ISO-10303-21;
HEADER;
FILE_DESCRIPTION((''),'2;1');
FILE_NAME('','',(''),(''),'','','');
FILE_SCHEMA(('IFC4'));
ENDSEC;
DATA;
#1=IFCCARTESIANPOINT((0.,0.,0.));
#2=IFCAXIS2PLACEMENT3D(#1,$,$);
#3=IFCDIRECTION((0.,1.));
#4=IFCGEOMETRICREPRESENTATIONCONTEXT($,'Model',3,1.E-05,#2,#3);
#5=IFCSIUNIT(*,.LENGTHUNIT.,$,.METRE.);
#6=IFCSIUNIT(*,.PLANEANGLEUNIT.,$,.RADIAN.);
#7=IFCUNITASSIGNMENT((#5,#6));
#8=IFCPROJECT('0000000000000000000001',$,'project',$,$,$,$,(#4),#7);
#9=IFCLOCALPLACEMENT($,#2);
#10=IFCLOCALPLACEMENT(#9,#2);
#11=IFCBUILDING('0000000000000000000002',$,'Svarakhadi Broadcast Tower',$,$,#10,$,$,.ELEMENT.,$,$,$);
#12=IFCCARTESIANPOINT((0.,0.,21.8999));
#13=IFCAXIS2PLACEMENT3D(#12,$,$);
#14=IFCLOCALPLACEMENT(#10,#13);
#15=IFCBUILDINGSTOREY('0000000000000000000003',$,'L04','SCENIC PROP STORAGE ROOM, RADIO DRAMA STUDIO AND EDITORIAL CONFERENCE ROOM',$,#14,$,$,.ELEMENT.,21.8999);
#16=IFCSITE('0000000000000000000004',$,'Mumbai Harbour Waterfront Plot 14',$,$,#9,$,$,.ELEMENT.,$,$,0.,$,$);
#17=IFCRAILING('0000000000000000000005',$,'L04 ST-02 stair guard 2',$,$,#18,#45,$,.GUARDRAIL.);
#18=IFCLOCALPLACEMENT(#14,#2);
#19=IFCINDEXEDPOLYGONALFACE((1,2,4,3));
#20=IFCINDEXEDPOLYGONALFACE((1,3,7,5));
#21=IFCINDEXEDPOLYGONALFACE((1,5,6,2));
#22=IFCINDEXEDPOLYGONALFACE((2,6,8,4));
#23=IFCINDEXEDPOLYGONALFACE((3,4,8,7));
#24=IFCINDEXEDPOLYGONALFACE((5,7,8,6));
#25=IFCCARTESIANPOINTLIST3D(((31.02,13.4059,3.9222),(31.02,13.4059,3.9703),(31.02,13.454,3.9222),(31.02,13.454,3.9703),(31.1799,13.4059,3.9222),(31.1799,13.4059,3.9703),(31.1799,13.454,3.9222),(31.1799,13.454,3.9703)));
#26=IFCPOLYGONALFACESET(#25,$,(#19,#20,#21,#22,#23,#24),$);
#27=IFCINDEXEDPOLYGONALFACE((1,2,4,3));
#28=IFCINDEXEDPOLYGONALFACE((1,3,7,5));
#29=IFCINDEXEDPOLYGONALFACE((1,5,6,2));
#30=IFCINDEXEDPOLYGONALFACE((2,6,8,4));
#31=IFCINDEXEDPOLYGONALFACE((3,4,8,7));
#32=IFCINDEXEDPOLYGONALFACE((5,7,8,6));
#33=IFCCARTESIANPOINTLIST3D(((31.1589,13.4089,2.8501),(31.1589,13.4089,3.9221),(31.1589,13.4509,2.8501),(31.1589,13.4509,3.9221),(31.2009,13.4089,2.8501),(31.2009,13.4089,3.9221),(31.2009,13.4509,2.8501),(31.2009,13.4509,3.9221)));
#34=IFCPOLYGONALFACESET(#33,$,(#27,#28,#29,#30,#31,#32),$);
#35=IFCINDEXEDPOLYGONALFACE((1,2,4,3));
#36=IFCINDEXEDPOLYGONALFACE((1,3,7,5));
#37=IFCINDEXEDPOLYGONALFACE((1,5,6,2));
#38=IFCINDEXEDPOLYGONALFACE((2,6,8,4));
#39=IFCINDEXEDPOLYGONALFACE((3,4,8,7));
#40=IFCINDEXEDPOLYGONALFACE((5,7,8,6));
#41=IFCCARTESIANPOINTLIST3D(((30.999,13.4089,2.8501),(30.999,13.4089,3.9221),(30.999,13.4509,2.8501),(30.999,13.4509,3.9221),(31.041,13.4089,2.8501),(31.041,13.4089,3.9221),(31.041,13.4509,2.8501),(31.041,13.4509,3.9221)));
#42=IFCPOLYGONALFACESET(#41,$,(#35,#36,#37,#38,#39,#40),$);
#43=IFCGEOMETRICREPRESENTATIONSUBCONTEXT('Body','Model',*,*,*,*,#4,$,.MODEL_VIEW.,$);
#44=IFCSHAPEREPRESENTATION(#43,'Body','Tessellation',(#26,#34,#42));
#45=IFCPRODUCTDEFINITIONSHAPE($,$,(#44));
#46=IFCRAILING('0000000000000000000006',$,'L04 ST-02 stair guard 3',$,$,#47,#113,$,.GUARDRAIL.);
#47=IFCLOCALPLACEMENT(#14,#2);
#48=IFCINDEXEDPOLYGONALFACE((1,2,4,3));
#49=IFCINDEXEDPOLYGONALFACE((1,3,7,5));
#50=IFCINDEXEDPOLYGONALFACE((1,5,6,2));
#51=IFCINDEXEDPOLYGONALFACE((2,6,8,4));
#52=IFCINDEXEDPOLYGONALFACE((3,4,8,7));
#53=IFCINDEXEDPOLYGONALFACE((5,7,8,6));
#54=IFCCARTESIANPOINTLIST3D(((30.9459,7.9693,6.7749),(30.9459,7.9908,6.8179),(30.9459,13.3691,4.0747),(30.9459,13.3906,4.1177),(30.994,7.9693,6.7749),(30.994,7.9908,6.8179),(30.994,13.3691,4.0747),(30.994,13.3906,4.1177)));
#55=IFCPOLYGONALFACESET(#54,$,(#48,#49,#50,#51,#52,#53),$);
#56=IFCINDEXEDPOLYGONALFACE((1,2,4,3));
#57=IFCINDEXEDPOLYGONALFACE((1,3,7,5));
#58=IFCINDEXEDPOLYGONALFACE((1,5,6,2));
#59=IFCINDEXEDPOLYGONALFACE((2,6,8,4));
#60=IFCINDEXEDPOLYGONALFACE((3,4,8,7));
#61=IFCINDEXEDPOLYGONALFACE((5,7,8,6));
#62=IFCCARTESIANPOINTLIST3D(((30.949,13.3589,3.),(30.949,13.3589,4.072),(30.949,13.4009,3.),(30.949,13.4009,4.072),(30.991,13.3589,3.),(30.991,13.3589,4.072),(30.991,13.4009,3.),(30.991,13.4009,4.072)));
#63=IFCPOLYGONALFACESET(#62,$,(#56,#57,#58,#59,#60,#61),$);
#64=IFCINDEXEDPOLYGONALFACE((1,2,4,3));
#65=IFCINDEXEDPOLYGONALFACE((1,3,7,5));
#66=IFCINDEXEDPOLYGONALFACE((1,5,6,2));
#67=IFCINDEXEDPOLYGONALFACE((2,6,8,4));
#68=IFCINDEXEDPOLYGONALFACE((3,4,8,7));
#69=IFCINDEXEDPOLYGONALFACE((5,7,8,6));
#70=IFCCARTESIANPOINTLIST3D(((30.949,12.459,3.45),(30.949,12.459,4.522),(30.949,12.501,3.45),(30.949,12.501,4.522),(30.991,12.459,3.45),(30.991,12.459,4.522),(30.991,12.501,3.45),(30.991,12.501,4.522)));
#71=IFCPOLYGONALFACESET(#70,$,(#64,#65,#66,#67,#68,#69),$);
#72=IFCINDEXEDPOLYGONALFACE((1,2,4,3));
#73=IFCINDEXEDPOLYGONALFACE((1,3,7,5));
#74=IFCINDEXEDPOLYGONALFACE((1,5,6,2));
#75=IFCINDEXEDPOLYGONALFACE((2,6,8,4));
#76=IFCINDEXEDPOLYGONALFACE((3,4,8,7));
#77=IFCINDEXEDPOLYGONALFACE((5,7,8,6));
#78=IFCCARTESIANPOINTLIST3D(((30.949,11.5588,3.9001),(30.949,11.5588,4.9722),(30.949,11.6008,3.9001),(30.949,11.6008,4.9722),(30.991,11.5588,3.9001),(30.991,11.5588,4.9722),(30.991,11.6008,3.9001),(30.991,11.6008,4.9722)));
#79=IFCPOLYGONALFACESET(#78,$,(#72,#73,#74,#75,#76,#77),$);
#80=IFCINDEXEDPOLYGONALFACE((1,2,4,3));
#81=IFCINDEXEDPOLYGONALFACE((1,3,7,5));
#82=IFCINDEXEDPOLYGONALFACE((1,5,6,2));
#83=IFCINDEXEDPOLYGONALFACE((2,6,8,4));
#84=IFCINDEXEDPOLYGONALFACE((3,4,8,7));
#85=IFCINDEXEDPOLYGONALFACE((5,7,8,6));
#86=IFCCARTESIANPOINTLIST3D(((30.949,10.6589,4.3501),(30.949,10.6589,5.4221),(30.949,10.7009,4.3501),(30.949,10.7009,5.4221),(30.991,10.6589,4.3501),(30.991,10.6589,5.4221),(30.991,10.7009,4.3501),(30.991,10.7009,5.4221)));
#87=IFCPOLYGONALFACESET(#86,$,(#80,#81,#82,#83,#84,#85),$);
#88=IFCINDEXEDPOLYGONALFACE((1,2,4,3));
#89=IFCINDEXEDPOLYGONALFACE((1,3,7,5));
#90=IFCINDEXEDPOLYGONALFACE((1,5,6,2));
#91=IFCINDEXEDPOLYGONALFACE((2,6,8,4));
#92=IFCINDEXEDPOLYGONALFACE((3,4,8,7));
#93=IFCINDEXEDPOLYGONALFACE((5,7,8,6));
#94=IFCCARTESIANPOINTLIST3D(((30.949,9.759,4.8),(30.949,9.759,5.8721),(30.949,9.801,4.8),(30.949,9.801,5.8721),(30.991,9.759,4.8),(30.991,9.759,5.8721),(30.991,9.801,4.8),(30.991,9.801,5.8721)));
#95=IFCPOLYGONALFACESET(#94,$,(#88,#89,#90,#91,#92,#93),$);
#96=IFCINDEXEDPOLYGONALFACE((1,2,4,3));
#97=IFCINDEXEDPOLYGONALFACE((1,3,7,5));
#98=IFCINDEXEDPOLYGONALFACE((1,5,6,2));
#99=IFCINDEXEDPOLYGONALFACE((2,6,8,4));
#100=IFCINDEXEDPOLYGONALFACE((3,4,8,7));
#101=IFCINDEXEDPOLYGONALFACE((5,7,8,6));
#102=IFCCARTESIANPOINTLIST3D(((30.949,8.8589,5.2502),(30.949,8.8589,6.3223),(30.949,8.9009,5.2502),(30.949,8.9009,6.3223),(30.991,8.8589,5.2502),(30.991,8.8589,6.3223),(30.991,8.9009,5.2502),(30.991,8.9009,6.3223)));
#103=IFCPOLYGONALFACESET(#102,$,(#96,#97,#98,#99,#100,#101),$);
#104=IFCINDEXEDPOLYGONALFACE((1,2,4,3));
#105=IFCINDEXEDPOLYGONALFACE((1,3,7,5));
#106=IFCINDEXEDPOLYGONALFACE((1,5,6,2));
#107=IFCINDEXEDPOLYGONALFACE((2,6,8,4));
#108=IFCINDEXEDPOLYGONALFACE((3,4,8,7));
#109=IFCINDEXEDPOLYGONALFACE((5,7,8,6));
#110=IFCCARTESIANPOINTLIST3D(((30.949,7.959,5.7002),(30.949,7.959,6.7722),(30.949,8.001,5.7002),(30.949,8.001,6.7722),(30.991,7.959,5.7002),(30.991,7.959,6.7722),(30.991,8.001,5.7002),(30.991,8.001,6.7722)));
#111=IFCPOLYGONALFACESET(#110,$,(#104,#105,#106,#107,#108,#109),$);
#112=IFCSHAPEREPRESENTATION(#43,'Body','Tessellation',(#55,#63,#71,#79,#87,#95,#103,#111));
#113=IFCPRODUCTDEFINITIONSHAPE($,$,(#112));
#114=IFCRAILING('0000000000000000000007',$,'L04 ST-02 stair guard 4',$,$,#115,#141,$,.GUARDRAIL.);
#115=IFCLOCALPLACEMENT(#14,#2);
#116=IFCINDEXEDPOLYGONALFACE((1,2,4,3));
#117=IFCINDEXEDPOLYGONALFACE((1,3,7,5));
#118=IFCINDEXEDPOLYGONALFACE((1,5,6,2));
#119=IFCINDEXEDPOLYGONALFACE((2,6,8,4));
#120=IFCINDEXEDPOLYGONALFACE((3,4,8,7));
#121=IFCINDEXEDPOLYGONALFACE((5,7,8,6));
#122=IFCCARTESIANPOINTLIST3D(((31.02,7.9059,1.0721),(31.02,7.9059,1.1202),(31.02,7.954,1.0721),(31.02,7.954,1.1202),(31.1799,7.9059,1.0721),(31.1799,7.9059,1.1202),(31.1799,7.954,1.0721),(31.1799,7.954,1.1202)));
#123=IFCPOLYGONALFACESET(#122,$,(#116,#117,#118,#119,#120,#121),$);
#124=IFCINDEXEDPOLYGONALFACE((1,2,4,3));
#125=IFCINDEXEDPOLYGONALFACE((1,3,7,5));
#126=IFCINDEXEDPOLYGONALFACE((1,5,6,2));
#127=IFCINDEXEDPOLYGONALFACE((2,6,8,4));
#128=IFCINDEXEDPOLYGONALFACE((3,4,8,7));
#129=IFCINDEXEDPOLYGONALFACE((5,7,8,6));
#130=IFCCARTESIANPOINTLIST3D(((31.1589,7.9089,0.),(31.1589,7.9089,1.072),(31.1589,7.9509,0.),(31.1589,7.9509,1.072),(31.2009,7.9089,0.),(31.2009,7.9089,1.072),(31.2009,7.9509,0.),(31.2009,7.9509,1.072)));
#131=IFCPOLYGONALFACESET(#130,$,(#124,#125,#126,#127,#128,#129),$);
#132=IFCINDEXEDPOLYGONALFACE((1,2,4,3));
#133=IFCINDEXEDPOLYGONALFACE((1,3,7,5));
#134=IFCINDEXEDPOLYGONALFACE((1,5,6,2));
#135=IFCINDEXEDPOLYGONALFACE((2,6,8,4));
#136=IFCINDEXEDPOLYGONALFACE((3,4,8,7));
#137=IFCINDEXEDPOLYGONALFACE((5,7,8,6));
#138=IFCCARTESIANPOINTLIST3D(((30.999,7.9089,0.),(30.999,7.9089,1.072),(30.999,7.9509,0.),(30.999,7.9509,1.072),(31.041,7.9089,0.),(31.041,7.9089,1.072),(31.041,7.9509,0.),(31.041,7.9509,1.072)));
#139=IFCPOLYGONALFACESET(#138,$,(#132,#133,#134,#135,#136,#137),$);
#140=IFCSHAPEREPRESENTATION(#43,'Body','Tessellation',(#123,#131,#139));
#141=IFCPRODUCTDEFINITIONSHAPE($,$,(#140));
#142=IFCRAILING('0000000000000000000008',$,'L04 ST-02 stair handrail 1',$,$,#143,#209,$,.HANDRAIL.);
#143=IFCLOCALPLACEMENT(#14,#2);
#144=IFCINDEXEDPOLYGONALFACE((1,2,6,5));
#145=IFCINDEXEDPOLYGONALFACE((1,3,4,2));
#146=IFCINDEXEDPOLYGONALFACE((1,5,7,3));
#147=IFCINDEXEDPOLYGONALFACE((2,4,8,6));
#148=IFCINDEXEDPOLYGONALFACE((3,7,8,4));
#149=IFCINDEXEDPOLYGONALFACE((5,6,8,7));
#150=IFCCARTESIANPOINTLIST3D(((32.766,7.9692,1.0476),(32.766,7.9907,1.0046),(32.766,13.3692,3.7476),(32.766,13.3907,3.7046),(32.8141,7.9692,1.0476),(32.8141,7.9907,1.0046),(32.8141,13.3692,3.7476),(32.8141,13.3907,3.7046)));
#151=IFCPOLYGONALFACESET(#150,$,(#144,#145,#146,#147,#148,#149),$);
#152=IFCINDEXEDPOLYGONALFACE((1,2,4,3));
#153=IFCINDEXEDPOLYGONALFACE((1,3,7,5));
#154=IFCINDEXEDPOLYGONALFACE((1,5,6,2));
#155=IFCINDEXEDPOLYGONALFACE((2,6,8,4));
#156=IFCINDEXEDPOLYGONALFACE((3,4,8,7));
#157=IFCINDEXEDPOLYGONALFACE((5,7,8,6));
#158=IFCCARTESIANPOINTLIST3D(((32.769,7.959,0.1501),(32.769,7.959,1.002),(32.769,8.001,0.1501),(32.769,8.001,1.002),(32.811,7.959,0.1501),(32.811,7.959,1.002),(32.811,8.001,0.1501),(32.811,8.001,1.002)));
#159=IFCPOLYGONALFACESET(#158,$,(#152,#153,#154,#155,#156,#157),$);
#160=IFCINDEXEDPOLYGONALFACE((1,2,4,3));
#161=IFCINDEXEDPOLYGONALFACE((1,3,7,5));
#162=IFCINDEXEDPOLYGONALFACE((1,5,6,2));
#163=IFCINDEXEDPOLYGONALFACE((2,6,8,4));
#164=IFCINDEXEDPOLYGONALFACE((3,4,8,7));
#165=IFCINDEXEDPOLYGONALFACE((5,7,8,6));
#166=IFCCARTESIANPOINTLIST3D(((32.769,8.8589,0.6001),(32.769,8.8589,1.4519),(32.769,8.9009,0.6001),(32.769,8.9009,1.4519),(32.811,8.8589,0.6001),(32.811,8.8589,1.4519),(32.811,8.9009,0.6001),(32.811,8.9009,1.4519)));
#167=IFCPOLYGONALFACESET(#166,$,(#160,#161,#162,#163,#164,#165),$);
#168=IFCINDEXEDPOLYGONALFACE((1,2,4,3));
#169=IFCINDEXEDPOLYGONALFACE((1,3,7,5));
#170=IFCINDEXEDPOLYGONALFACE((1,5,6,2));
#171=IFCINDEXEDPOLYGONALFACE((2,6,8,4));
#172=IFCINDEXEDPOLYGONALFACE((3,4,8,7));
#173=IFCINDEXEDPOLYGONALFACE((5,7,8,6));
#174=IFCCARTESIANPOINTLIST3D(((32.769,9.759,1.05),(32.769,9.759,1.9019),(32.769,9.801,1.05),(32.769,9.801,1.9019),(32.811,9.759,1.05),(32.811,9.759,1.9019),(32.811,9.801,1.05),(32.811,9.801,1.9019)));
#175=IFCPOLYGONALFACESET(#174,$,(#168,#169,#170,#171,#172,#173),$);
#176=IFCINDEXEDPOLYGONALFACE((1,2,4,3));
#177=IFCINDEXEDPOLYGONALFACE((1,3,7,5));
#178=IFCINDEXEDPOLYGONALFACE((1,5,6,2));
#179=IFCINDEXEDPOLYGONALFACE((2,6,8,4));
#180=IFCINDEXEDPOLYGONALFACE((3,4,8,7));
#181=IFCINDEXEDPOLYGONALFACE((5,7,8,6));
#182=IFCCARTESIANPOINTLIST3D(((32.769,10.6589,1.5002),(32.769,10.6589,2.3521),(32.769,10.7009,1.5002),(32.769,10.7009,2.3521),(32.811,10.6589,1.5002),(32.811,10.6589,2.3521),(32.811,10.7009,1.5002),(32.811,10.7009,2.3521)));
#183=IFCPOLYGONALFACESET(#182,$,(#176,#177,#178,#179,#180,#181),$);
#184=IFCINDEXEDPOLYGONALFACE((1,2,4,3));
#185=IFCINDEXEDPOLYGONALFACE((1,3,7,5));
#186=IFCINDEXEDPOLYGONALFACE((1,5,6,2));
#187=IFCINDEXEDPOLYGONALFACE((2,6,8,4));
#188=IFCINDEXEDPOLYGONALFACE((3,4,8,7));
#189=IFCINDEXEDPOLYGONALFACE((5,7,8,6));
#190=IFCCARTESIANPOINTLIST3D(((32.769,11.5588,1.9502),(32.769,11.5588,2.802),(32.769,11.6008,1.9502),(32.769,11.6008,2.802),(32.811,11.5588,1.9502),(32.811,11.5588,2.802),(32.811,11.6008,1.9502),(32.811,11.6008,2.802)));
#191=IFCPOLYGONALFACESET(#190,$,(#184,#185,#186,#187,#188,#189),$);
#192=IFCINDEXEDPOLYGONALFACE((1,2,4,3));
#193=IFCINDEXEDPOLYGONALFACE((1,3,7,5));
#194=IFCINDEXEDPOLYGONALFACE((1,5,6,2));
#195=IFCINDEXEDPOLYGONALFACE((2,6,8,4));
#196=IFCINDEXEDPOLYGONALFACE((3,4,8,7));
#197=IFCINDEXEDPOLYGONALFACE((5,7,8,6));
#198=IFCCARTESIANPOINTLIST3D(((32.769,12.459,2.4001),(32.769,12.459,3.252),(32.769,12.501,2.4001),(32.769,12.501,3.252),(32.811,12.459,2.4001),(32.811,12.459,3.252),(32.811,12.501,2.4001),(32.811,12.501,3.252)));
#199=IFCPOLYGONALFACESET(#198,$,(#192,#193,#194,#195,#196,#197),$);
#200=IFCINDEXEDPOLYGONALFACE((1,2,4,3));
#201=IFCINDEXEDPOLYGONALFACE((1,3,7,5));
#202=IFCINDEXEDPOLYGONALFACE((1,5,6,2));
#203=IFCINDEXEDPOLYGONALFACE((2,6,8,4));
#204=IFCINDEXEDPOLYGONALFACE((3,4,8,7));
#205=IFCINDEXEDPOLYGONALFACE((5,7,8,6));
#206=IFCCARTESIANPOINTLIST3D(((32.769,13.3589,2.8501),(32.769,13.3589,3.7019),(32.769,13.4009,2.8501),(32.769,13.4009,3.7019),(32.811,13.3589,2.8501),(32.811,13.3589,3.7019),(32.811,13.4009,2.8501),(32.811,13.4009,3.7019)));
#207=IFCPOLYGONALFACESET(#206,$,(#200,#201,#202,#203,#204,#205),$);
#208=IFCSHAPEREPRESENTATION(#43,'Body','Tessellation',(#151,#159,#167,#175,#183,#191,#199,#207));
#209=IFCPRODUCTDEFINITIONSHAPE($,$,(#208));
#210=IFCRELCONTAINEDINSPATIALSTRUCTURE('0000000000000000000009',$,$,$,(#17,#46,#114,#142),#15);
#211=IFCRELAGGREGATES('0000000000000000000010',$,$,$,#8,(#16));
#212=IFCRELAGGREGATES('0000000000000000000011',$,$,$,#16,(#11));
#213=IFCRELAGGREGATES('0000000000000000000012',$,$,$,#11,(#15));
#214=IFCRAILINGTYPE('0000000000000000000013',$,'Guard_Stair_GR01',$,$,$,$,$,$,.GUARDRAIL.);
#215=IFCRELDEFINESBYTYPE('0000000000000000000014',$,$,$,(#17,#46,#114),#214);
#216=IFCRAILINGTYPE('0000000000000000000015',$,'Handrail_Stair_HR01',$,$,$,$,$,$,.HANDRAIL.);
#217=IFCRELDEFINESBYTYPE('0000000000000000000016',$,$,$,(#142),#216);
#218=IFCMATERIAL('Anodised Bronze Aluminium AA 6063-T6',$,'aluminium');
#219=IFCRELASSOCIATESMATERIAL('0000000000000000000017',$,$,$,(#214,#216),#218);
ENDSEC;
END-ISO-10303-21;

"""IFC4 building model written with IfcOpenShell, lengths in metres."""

from ifc_helpers import new_model, si_unit, direction, frame, origin, origin_2d, place, context, subcontext, project, spatial, rectangle, extrude, material, type_object, element, save


model = new_model("IFC4")

# Units and contexts
model_context = context("Model", 3, precision=1e-05, world=origin(), true_north=direction((0.0, 1.0)))
body_context = subcontext(model_context, "Body", "Model", "MODEL_VIEW")
ifc_project = project(units=[si_unit("LENGTHUNIT", "METRE"), si_unit("PLANEANGLEUNIT", "RADIAN")], contexts=[model_context])

# Site, building, storey
site_placement = place(None, origin())
site = spatial("IfcSite", under=ifc_project, at=site_placement, Name="Mumbai Harbour Waterfront Plot 14", CompositionType="ELEMENT", RefElevation=0.0)
building_placement = place(site_placement, origin())
building = spatial("IfcBuilding", under=site, at=building_placement, Name="Svarakhadi Broadcast Tower", CompositionType="ELEMENT")
storey_placement = place(building_placement, frame((0.0, 0.0, 21.8999)))
storey = spatial("IfcBuildingStorey", under=building, at=storey_placement, Name="L04", Description="SCENIC PROP STORAGE ROOM, RADIO DRAMA STUDIO AND EDITORIAL CONFERENCE ROOM", CompositionType="ELEMENT", Elevation=21.8999)

# Railings
ifc_material_1 = material(Name="Anodised Bronze Aluminium AA 6063-T6", Category="aluminium")
railing_type_1 = type_object("IfcRailingType", Name="Guard_Stair_GR01", PredefinedType="GUARDRAIL", material=ifc_material_1)
railing_1_placement = place(storey_placement, frame((31.1799, 13.4299, 2.8501)))
element("IfcRailing", 1, at=railing_1_placement, inside=storey, type_object=railing_type_1, Name="L04 ST-02 stair guard 2", PredefinedType="GUARDRAIL", context=body_context, shape_type="SweptSolid", body=[
    extrude(rectangle(XDim=0.0481, YDim=0.0481, at=origin_2d()), frame((0.0, 0.0, 1.0962), z_axis=(-1.0, 0.0, 0.0), x_axis=(0.0, -1.0, 0.0)), (0.0, 0.0, 1.0), 0.1599),
    extrude(rectangle(XDim=0.042, YDim=0.042, at=origin_2d()), origin(), (0.0, 0.0, 1.0), 1.072),
    extrude(rectangle(XDim=0.042, YDim=0.042, at=origin_2d()), frame((-0.1599, 0.0, 0.0)), (0.0, 0.0, 1.0), 1.072),
])
railing_2_placement = place(storey_placement, frame((30.97, 13.3799, 3.0)))
element("IfcRailing", 2, at=railing_2_placement, inside=storey, type_object=railing_type_1, Name="L04 ST-02 stair guard 3", PredefinedType="GUARDRAIL", context=body_context, shape_type="SweptSolid", body=[
    extrude(rectangle(XDim=0.0481, YDim=0.0481, at=origin_2d()), frame((0.0, 0.0, 1.0962), z_axis=(0.0, -0.894411, 0.447246), x_axis=(1.0, 0.0, 0.0)), (0.0, 0.0, 1.0), 6.0374),
    extrude(rectangle(XDim=0.042, YDim=0.042, at=origin_2d()), origin(), (0.0, 0.0, 1.0), 1.072),
    extrude(rectangle(XDim=0.042, YDim=0.042, at=origin_2d()), frame((0.0, -0.8999, 0.45)), (0.0, 0.0, 1.0), 1.072),
    extrude(rectangle(XDim=0.042, YDim=0.042, at=origin_2d()), frame((0.0, -1.8, 0.9001)), (0.0, 0.0, 1.0), 1.072),
    extrude(rectangle(XDim=0.042, YDim=0.042, at=origin_2d()), frame((0.0, -2.7, 1.3501)), (0.0, 0.0, 1.0), 1.072),
    extrude(rectangle(XDim=0.042, YDim=0.042, at=origin_2d()), frame((0.0, -3.5999, 1.8)), (0.0, 0.0, 1.0), 1.072),
    extrude(rectangle(XDim=0.042, YDim=0.042, at=origin_2d()), frame((0.0, -4.5, 2.2502)), (0.0, 0.0, 1.0), 1.072),
    extrude(rectangle(XDim=0.042, YDim=0.042, at=origin_2d()), frame((0.0, -5.3999, 2.7002)), (0.0, 0.0, 1.0), 1.072),
])
railing_3_placement = place(storey_placement, frame((31.1799, 7.9299, 0.0)))
element("IfcRailing", 3, at=railing_3_placement, inside=storey, type_object=railing_type_1, Name="L04 ST-02 stair guard 4", PredefinedType="GUARDRAIL", context=body_context, shape_type="SweptSolid", body=[
    extrude(rectangle(XDim=0.0481, YDim=0.0481, at=origin_2d()), frame((0.0, 0.0, 1.0962), z_axis=(-1.0, 0.0, 0.0), x_axis=(0.0, -1.0, 0.0)), (0.0, 0.0, 1.0), 0.1599),
    extrude(rectangle(XDim=0.042, YDim=0.042, at=origin_2d()), origin(), (0.0, 0.0, 1.0), 1.072),
    extrude(rectangle(XDim=0.042, YDim=0.042, at=origin_2d()), frame((-0.1599, 0.0, 0.0)), (0.0, 0.0, 1.0), 1.072),
])
railing_type_2 = type_object("IfcRailingType", Name="Handrail_Stair_HR01", PredefinedType="HANDRAIL", material=ifc_material_1)
railing_4_placement = place(storey_placement, frame((32.79, 7.98, 0.1501)))
element("IfcRailing", 4, at=railing_4_placement, inside=storey, type_object=railing_type_2, Name="L04 ST-02 stair handrail 1", PredefinedType="HANDRAIL", context=body_context, shape_type="SweptSolid", body=[
    extrude(rectangle(XDim=0.0481, YDim=0.0481, at=origin_2d()), frame((0.0, 0.0, 0.876), z_axis=(0.0, 0.894427, 0.447214), x_axis=(-1.0, 0.0, 0.0)), (0.0, 0.0, 1.0), 6.0374),
    extrude(rectangle(XDim=0.042, YDim=0.042, at=origin_2d()), origin(), (0.0, 0.0, 1.0), 0.8518),
    extrude(rectangle(XDim=0.042, YDim=0.042, at=origin_2d()), frame((0.0, 0.8999, 0.45)), (0.0, 0.0, 1.0), 0.8518),
    extrude(rectangle(XDim=0.042, YDim=0.042, at=origin_2d()), frame((0.0, 1.8, 0.8999)), (0.0, 0.0, 1.0), 0.8518),
    extrude(rectangle(XDim=0.042, YDim=0.042, at=origin_2d()), frame((0.0, 2.7, 1.3501)), (0.0, 0.0, 1.0), 0.8518),
    extrude(rectangle(XDim=0.042, YDim=0.042, at=origin_2d()), frame((0.0, 3.5999, 1.8)), (0.0, 0.0, 1.0), 0.8518),
    extrude(rectangle(XDim=0.042, YDim=0.042, at=origin_2d()), frame((0.0, 4.5, 2.25)), (0.0, 0.0, 1.0), 0.8518),
    extrude(rectangle(XDim=0.042, YDim=0.042, at=origin_2d()), frame((0.0, 5.3999, 2.7)), (0.0, 0.0, 1.0), 0.8518),
])

save(model, "model.ifc")
